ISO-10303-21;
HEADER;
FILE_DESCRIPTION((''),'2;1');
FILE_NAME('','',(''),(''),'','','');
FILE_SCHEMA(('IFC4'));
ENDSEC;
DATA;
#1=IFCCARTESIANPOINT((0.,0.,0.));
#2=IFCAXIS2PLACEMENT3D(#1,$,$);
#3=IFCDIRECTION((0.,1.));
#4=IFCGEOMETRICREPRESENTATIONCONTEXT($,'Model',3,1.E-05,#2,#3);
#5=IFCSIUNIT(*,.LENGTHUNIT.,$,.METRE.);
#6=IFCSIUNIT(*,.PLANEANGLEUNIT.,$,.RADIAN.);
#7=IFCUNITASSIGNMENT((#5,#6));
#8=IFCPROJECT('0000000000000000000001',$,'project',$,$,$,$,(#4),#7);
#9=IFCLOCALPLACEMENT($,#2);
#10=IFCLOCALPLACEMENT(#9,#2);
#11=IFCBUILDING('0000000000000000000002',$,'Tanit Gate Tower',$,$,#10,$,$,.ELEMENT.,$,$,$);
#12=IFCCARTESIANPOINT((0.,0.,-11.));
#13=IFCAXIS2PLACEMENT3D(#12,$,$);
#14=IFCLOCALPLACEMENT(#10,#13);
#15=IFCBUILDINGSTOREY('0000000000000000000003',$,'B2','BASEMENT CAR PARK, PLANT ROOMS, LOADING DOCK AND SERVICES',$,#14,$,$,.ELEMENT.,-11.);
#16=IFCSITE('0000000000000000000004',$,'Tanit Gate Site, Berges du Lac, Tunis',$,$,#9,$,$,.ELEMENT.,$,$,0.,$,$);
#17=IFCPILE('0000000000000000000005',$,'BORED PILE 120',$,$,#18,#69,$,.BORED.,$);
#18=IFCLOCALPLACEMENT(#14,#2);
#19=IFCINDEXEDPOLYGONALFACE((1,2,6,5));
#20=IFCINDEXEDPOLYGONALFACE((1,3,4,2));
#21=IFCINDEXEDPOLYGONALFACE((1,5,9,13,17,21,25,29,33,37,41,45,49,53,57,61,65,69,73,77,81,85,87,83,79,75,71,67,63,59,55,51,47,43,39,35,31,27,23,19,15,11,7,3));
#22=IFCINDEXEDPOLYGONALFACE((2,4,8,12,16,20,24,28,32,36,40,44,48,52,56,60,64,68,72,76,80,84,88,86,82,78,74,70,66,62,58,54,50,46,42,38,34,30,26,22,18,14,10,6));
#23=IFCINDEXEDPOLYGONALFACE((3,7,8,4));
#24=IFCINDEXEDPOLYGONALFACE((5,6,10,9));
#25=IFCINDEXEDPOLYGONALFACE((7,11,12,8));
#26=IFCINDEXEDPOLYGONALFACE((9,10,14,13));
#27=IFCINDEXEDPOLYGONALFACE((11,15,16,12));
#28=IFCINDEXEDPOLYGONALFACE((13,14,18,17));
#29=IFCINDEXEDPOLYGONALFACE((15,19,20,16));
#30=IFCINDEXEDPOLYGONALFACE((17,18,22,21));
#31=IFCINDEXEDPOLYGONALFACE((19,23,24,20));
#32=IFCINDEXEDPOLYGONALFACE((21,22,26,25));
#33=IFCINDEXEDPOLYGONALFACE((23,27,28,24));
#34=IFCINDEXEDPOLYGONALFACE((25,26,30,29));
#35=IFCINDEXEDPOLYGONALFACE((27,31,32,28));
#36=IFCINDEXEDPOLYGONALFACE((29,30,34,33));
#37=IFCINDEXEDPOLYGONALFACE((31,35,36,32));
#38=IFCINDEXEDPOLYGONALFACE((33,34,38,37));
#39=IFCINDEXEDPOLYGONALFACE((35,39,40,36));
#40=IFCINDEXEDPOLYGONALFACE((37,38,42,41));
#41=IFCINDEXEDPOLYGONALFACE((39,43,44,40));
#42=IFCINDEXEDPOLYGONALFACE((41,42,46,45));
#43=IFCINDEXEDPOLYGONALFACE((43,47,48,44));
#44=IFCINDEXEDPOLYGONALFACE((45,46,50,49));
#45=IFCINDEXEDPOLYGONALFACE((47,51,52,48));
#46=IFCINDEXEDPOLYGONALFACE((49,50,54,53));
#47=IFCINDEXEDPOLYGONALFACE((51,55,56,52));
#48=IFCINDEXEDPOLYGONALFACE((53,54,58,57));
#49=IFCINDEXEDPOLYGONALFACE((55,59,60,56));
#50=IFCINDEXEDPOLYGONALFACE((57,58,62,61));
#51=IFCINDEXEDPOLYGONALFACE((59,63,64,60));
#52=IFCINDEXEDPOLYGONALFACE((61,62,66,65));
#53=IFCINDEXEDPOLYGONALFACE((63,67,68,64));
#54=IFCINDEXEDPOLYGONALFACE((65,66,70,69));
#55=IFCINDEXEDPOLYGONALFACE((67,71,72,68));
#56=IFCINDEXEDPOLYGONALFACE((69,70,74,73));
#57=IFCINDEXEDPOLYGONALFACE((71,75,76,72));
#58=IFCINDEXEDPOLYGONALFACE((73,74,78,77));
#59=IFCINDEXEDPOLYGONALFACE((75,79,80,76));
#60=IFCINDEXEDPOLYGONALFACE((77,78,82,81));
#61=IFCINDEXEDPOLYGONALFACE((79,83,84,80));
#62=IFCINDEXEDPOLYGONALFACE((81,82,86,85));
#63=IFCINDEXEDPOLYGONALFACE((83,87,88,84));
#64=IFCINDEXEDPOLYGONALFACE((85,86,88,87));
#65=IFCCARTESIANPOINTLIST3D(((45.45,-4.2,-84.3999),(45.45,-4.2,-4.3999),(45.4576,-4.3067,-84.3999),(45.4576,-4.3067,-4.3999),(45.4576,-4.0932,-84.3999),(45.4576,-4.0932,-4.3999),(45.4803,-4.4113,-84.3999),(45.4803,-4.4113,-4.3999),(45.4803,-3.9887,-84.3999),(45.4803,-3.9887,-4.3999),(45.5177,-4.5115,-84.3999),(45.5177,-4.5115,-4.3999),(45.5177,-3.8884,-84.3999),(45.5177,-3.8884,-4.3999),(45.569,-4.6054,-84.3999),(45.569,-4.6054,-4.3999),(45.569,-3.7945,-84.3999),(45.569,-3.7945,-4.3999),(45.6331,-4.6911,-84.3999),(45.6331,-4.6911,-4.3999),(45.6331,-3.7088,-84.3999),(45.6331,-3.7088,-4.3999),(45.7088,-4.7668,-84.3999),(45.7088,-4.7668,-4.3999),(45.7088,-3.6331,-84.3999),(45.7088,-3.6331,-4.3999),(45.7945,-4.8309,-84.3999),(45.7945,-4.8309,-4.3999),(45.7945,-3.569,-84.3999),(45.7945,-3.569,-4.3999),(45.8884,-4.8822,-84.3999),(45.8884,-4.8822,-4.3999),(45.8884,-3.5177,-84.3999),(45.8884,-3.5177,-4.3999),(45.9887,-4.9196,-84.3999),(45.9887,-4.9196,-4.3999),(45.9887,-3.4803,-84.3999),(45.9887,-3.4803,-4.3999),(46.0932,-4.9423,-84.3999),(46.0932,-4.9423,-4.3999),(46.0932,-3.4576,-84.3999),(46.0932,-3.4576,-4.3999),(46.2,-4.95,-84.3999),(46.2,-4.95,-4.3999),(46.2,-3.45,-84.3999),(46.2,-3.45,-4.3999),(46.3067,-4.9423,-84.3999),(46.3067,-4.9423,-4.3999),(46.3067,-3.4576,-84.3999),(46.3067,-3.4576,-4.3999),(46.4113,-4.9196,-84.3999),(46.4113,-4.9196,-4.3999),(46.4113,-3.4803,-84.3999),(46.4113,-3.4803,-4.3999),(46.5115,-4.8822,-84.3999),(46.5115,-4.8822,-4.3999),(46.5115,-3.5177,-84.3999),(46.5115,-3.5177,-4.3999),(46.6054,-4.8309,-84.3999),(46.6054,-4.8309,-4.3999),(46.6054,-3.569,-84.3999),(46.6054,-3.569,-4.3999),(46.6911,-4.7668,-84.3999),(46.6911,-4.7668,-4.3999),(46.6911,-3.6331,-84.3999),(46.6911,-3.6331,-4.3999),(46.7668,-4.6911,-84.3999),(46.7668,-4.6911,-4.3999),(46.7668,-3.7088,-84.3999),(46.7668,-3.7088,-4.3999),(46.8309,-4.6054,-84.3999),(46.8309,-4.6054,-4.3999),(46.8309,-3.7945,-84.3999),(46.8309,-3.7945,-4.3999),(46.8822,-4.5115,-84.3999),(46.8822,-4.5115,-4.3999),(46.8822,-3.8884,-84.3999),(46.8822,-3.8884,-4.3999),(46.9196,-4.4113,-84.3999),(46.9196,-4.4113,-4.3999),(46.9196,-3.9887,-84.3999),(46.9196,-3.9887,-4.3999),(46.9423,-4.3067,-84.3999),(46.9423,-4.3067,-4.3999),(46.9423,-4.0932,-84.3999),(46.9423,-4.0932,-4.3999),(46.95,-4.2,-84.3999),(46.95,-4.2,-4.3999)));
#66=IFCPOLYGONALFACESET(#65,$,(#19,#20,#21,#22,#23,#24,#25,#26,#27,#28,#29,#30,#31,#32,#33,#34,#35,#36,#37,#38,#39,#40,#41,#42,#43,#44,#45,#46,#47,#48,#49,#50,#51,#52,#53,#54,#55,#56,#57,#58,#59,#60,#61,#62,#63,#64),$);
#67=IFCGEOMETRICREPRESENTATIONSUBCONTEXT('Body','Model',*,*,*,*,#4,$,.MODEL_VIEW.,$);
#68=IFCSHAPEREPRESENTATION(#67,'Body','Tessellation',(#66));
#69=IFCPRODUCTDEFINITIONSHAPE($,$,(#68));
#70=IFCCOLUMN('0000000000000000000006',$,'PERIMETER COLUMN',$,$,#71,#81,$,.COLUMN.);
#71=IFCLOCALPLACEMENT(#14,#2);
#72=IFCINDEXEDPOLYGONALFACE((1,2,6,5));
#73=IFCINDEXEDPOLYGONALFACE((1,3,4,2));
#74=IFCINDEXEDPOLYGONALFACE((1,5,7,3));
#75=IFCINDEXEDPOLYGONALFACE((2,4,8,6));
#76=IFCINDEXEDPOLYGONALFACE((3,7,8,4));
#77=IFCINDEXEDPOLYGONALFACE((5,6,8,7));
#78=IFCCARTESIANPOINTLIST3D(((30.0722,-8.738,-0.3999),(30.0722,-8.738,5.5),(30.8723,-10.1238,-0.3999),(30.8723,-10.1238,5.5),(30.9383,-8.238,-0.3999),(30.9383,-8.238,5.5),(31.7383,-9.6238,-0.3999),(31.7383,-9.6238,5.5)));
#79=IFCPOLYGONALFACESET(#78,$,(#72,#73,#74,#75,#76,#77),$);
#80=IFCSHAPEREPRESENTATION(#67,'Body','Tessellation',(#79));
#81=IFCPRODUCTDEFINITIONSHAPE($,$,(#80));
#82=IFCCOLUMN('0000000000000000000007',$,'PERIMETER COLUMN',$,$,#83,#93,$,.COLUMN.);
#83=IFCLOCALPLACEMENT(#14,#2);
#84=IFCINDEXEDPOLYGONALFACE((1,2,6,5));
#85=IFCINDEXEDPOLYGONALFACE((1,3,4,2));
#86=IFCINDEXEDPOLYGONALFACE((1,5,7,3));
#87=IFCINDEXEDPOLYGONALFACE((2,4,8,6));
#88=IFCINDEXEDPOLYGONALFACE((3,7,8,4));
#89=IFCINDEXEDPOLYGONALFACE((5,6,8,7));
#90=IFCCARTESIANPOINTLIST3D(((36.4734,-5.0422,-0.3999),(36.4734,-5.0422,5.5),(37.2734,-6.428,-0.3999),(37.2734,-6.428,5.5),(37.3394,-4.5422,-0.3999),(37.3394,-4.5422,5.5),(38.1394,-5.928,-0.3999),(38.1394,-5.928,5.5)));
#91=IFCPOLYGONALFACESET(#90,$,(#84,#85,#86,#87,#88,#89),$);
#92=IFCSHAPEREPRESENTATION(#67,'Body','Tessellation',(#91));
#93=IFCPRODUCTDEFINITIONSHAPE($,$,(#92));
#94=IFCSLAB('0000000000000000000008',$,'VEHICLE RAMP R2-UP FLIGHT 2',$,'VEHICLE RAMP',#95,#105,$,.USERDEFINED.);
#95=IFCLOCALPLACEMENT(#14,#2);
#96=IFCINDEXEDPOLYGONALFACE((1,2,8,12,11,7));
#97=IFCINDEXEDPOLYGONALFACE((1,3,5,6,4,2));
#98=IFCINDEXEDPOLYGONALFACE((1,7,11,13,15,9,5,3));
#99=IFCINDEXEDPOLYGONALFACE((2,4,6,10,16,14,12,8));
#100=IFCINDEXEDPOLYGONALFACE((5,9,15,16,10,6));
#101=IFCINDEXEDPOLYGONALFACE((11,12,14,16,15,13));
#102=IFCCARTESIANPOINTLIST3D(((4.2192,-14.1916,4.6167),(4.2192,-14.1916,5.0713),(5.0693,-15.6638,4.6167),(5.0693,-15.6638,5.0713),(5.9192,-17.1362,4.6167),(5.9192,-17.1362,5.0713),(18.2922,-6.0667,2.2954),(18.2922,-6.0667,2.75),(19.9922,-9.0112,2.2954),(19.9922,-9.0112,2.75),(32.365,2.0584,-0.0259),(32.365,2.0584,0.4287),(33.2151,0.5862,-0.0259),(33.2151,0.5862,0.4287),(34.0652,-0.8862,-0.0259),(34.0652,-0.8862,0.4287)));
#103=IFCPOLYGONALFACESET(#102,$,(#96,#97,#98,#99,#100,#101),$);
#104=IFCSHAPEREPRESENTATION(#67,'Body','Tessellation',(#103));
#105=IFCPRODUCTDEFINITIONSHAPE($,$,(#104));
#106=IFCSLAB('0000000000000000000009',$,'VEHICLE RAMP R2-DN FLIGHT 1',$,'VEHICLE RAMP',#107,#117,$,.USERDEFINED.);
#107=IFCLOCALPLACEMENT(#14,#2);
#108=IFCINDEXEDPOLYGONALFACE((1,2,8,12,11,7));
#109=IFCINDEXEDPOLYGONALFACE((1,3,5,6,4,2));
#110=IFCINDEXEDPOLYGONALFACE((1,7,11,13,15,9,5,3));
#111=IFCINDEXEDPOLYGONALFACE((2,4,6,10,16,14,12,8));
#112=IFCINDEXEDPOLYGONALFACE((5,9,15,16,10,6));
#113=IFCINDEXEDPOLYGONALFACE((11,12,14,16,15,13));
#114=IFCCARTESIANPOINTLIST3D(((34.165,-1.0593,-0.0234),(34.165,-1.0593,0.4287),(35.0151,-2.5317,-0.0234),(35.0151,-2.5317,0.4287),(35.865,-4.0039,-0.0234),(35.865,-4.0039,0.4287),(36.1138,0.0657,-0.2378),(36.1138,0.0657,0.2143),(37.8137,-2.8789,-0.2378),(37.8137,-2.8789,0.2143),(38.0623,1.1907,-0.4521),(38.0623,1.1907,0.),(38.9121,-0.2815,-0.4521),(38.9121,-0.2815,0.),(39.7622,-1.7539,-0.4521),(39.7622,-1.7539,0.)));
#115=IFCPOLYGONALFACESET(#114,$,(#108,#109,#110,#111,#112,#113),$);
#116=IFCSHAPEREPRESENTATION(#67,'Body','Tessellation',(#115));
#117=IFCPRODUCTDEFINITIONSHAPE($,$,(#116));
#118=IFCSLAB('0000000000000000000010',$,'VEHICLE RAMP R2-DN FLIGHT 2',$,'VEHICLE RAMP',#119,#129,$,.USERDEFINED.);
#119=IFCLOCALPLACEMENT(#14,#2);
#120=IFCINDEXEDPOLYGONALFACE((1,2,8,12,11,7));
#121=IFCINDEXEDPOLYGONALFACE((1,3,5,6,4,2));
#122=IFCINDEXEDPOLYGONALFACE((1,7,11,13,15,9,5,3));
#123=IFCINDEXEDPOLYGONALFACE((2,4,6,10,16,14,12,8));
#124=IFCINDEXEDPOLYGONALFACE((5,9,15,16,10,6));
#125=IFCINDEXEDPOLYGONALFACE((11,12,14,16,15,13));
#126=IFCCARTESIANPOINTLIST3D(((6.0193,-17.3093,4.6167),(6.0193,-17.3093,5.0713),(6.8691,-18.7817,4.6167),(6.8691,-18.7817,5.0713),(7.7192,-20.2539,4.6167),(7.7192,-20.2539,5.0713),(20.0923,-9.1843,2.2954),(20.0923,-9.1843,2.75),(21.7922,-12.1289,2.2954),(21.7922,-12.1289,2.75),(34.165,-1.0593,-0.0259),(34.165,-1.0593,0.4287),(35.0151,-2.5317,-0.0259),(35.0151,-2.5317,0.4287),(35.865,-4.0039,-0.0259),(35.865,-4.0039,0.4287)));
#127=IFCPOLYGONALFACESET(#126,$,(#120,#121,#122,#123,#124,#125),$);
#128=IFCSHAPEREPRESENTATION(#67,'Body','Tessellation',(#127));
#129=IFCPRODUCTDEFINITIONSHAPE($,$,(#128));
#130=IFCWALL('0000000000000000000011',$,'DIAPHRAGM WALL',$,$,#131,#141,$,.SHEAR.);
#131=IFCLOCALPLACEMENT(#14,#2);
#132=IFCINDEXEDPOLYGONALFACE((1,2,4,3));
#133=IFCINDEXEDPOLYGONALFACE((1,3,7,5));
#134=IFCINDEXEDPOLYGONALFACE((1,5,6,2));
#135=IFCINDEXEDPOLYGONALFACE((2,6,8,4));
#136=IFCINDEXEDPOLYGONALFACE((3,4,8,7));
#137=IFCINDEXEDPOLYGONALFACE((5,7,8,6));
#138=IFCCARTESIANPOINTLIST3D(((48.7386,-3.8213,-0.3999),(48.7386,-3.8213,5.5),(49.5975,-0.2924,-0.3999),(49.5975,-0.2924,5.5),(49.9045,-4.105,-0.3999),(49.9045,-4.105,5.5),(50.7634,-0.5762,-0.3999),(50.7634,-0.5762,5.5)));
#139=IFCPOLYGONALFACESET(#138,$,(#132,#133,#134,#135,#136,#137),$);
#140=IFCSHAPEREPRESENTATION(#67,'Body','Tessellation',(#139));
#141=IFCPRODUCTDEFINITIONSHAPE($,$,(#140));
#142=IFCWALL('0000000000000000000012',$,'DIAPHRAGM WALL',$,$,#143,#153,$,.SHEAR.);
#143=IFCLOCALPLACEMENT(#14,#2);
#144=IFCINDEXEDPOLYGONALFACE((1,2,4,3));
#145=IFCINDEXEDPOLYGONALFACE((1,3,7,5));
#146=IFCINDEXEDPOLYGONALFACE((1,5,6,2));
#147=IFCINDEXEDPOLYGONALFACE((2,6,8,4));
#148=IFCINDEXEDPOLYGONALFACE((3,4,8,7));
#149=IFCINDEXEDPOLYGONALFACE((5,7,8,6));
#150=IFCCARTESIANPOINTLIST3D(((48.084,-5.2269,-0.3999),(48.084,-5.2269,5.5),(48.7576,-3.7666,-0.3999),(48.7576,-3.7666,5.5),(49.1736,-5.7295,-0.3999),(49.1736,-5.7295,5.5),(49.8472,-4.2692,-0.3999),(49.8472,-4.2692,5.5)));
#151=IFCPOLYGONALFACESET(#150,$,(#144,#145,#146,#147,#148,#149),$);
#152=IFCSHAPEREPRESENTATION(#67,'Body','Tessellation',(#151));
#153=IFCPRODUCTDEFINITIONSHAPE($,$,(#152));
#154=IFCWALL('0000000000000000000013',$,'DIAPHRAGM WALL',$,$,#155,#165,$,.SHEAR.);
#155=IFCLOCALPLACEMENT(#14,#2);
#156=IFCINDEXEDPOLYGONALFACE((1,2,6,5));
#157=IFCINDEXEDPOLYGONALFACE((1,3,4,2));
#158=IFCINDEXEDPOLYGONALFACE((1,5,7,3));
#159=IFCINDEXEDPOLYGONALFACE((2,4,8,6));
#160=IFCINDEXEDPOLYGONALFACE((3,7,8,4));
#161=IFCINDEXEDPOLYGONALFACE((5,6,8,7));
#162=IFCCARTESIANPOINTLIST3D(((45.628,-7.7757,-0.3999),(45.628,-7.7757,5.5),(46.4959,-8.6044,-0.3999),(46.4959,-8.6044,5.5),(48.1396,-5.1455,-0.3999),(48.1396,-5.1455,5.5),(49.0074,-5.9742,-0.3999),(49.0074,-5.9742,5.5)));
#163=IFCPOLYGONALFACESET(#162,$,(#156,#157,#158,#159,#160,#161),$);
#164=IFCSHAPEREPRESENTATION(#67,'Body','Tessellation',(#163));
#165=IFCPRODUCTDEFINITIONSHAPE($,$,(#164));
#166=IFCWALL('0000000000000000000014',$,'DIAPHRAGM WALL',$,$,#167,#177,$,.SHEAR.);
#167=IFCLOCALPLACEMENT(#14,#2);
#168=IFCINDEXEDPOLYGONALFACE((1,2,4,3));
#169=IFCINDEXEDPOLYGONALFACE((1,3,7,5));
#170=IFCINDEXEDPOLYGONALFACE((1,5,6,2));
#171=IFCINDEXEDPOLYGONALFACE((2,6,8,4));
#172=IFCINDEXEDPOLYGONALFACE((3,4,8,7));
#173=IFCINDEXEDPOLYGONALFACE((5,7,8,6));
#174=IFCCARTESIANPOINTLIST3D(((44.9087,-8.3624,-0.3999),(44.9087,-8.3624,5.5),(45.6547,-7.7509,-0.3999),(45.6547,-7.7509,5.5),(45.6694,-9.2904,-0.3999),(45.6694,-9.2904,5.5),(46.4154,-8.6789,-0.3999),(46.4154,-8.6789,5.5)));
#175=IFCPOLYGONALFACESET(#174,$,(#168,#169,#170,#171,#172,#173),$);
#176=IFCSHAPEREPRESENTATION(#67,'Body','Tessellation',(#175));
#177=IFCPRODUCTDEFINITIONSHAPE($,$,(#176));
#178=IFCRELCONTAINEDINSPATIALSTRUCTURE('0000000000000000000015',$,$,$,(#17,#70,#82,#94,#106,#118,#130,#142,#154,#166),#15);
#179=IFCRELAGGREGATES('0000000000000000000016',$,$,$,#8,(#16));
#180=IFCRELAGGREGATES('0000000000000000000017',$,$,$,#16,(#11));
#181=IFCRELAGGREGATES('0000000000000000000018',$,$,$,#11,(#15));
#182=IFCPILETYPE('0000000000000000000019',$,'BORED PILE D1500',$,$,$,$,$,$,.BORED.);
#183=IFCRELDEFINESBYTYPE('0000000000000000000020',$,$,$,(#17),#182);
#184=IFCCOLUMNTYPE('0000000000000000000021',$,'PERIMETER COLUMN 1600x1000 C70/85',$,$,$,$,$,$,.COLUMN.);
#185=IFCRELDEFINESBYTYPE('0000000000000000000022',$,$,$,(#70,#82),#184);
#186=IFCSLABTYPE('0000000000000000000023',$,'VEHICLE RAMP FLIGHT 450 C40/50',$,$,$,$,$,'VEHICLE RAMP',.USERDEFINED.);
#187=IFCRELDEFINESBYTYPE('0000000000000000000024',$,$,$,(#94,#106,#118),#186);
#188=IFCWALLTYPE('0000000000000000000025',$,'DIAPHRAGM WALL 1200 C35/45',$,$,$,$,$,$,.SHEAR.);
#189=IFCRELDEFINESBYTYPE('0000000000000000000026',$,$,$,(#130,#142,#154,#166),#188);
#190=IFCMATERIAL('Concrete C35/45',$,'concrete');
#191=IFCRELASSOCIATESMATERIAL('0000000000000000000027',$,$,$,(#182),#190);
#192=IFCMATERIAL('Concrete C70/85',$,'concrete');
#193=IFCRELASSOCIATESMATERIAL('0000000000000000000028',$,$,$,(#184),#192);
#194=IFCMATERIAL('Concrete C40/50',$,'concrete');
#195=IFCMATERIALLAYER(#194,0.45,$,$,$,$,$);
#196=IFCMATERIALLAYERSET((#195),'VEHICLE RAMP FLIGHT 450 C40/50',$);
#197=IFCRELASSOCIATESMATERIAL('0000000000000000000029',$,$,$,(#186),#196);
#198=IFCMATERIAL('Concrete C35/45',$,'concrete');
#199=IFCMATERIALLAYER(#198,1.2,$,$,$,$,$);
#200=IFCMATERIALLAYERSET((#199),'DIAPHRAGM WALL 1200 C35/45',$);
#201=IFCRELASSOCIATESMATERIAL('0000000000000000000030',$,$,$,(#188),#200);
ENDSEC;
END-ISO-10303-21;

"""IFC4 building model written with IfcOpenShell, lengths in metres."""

from ifc_helpers import new_model, si_unit, direction, frame, frame_2d, origin, origin_2d, place, context, subcontext, project, spatial, polyline, rectangle, circle, outline, extrude, material, layer, layer_set, material_profile, profile_set, type_object, element, save


model = new_model("IFC4")

# Units and contexts
model_context = context("Model", 3, precision=1e-05, world=origin(), true_north=direction((0.0, 1.0)))
body_context = subcontext(model_context, "Body", "Model", "MODEL_VIEW")
ifc_project = project(units=[si_unit("LENGTHUNIT", "METRE"), si_unit("PLANEANGLEUNIT", "RADIAN")], contexts=[model_context])

# Site, building, storey
site_placement = place(None, origin())
site = spatial("IfcSite", under=ifc_project, at=site_placement, Name="Tanit Gate Site, Berges du Lac, Tunis", CompositionType="ELEMENT", RefElevation=0.0)
building_placement = place(site_placement, origin())
building = spatial("IfcBuilding", under=site, at=building_placement, Name="Tanit Gate Tower", CompositionType="ELEMENT")
storey_placement = place(building_placement, frame((0.0, 0.0, -11.0)))
storey = spatial("IfcBuildingStorey", under=building, at=storey_placement, Name="B2", Description="BASEMENT CAR PARK, PLANT ROOMS, LOADING DOCK AND SERVICES", CompositionType="ELEMENT", Elevation=-11.0)

# Pile
ifc_material_1 = material(Name="Concrete C35/45", Category="concrete")
ifc_material_profile_1 = material_profile(ifc_material_1, circle(Radius=0.75, at=origin_2d()), Name="BORED PILE D1500 C35/45")
ifc_profile_set_1 = profile_set([ifc_material_profile_1], Name="Concrete C35/45")
pile_type = type_object("IfcPileType", Name="BORED PILE D1500", PredefinedType="BORED", material=ifc_profile_set_1)
for number, where, z_axis, x_axis, name in (
    (1, (46.2, -4.2, -4.3999), (0.0, 0.0, -1.0), (1.0, 0.0, 0.0), "BORED PILE 120"),
):
    element("IfcPile", number, at=place(storey_placement, frame(where, z_axis=z_axis, x_axis=x_axis)), inside=storey, type_object=pile_type, Name=name, PredefinedType="BORED", context=body_context, shape_type="SweptSolid", body=[
        extrude(circle(Radius=0.75, at=origin_2d()), origin(), (0.0, 0.0, 1.0), 80.0),
    ])

# Columns
ifc_material_2 = material(Name="Concrete C70/85", Category="concrete")
ifc_material_profile_2 = material_profile(ifc_material_2, rectangle(XDim=1.6001, YDim=1.0, at=origin_2d()), Name="RC 1600x1000")
ifc_profile_set_2 = profile_set([ifc_material_profile_2], Name="Concrete C70/85")
column_type = type_object("IfcColumnType", Name="PERIMETER COLUMN 1600x1000 C70/85", PredefinedType="COLUMN", material=ifc_profile_set_2)
for number, where, z_axis, x_axis, name in (
    (2, (30.9053, -9.1809, -0.3999), (0.0, 0.0, 1.0), (0.5, -0.866025, 0.0), "PERIMETER COLUMN"),
    (3, (37.3064, -5.4851, -0.3999), (0.0, 0.0, 1.0), (0.5, -0.866025, 0.0), "PERIMETER COLUMN"),
):
    element("IfcColumn", number, at=place(storey_placement, frame(where, z_axis=z_axis, x_axis=x_axis)), inside=storey, type_object=column_type, Name=name, PredefinedType="COLUMN", context=body_context, shape_type="SweptSolid", body=[
        extrude(rectangle(XDim=1.6001, YDim=1.0, at=origin_2d()), origin(), (0.0, 0.0, 1.0), 5.8999),
    ])

# Slabs
ifc_material_3 = material(Name="Concrete C40/50", Category="concrete")
ifc_layer_1 = layer(ifc_material_3, 0.45)
ifc_layer_set_1 = layer_set([ifc_layer_1], Name="VEHICLE RAMP FLIGHT 450 C40/50")
slab_type = type_object("IfcSlabType", Name="VEHICLE RAMP FLIGHT 450 C40/50", ElementType="VEHICLE RAMP", PredefinedType="USERDEFINED", material=ifc_layer_set_1)
slab_1_placement = place(storey_placement, frame((34.0652, -0.8862, 0.4287), z_axis=(0.122468, 0.070705, 0.989951), x_axis=(-0.857324, -0.494973, 0.141413)))
element("IfcSlab", 4, at=slab_1_placement, inside=storey, type_object=slab_type, Name="VEHICLE RAMP R2-UP FLIGHT 2", ObjectType="VEHICLE RAMP", PredefinedType="USERDEFINED", context=body_context, shape_type="SweptSolid", body=[
    extrude(outline(polyline([(0.0, 0.0), (16.415, 0.0), (32.8301, 0.0), (32.8299, -1.7001), (32.83, -3.4001), (16.415, -3.4001), (0.0001, -3.4002), (0.0, -1.7002), (0.0, 0.0)])), origin(), (-0.141413, 0.000001, -0.989951), 0.4546),
])
slab_2_placement = place(storey_placement, frame((39.7622, -1.7539, 0.0), z_axis=(0.082134, 0.047417, 0.995493), x_axis=(-0.862114, -0.49776, 0.094839)))
element("IfcSlab", 5, at=slab_2_placement, inside=storey, type_object=slab_type, Name="VEHICLE RAMP R2-DN FLIGHT 1", ObjectType="VEHICLE RAMP", PredefinedType="USERDEFINED", context=body_context, shape_type="SweptSolid", body=[
    extrude(outline(polyline([(0.0, 0.0), (2.2601, 0.0), (4.5205, -0.0001), (4.5203, -1.7), (4.5203, -3.4002), (2.26, -3.4001), (-0.0001, -3.4001), (0.0, -1.7002), (0.0, 0.0)])), origin(), (-0.094839, 0.000004, -0.995493), 0.4521),
])
slab_3_placement = place(storey_placement, frame((35.865, -4.0039, 0.4287), z_axis=(0.122469, 0.070703, 0.989951), x_axis=(-0.85732, -0.49498, 0.141413)))
element("IfcSlab", 6, at=slab_3_placement, inside=storey, type_object=slab_type, Name="VEHICLE RAMP R2-DN FLIGHT 2", ObjectType="VEHICLE RAMP", PredefinedType="USERDEFINED", context=body_context, shape_type="SweptSolid", body=[
    extrude(outline(polyline([(0.0, 0.0), (16.4148, 0.0), (32.8299, -0.0001), (32.83, -1.7001), (32.8298, -3.4002), (16.4147, -3.4001), (-0.0001, -3.4001), (-0.0001, -1.6999), (0.0, 0.0)])), origin(), (-0.141413, 0.000004, -0.989951), 0.4546),
])

# Walls
ifc_material_4 = material(Name="Concrete C35/45", Category="concrete")
ifc_layer_2 = layer(ifc_material_4, 1.2)
ifc_layer_set_2 = layer_set([ifc_layer_2], Name="DIAPHRAGM WALL 1200 C35/45")
wall_type_1 = type_object("IfcWallType", Name="DIAPHRAGM WALL 1200 C35/45", PredefinedType="SHEAR", material=ifc_layer_set_2)
wall_1_placement = place(storey_placement, frame((50.1804, -0.4343, -0.3999), z_axis=(0.0, 0.0, 1.0), x_axis=(-0.236489, -0.971634, 0.0)))
element("IfcWall", 7, at=wall_1_placement, inside=storey, type_object=wall_type_1, Name="DIAPHRAGM WALL", PredefinedType="SHEAR", context=body_context, shape_type="SweptSolid", body=[
    extrude(rectangle(XDim=3.6318, YDim=1.2, at=frame_2d((1.8159, 0.0))), origin(), (0.0, 0.0, 1.0), 5.8999),
])
wall_2_placement = place(storey_placement, frame((49.3025, -4.0178, -0.3999), z_axis=(0.0, 0.0, 1.0), x_axis=(-0.418875, -0.908044, 0.0)))
element("IfcWall", 8, at=wall_2_placement, inside=storey, type_object=wall_type_1, Name="DIAPHRAGM WALL", PredefinedType="SHEAR", context=body_context, shape_type="SweptSolid", body=[
    extrude(rectangle(XDim=1.6082, YDim=1.2, at=frame_2d((0.8042, 0.0))), origin(), (0.0, 0.0, 1.0), 5.8999),
])
wall_3_placement = place(storey_placement, frame((48.5735, -5.5598, -0.3999), z_axis=(0.0, 0.0, 1.0), x_axis=(-0.690605, -0.723232, 0.0)))
element("IfcWall", 9, at=wall_3_placement, inside=storey, type_object=wall_type_1, Name="DIAPHRAGM WALL", PredefinedType="SHEAR", context=body_context, shape_type="SweptSolid", body=[
    extrude(rectangle(XDim=3.6367, YDim=1.2, at=frame_2d((1.8184, 0.0))), origin(), (0.0, 0.0, 1.0), 5.8999),
])
wall_4_placement = place(storey_placement, frame((46.0352, -8.2148, -0.3999), z_axis=(0.0, 0.0, 1.0), x_axis=(-0.773382, -0.63394, 0.0)))
element("IfcWall", 10, at=wall_4_placement, inside=storey, type_object=wall_type_1, Name="DIAPHRAGM WALL", PredefinedType="SHEAR", context=body_context, shape_type="SweptSolid", body=[
    extrude(rectangle(XDim=0.9646, YDim=1.2, at=frame_2d((0.4824, 0.0))), origin(), (0.0, 0.0, 1.0), 5.8999),
])

save(model, "model.ifc")
